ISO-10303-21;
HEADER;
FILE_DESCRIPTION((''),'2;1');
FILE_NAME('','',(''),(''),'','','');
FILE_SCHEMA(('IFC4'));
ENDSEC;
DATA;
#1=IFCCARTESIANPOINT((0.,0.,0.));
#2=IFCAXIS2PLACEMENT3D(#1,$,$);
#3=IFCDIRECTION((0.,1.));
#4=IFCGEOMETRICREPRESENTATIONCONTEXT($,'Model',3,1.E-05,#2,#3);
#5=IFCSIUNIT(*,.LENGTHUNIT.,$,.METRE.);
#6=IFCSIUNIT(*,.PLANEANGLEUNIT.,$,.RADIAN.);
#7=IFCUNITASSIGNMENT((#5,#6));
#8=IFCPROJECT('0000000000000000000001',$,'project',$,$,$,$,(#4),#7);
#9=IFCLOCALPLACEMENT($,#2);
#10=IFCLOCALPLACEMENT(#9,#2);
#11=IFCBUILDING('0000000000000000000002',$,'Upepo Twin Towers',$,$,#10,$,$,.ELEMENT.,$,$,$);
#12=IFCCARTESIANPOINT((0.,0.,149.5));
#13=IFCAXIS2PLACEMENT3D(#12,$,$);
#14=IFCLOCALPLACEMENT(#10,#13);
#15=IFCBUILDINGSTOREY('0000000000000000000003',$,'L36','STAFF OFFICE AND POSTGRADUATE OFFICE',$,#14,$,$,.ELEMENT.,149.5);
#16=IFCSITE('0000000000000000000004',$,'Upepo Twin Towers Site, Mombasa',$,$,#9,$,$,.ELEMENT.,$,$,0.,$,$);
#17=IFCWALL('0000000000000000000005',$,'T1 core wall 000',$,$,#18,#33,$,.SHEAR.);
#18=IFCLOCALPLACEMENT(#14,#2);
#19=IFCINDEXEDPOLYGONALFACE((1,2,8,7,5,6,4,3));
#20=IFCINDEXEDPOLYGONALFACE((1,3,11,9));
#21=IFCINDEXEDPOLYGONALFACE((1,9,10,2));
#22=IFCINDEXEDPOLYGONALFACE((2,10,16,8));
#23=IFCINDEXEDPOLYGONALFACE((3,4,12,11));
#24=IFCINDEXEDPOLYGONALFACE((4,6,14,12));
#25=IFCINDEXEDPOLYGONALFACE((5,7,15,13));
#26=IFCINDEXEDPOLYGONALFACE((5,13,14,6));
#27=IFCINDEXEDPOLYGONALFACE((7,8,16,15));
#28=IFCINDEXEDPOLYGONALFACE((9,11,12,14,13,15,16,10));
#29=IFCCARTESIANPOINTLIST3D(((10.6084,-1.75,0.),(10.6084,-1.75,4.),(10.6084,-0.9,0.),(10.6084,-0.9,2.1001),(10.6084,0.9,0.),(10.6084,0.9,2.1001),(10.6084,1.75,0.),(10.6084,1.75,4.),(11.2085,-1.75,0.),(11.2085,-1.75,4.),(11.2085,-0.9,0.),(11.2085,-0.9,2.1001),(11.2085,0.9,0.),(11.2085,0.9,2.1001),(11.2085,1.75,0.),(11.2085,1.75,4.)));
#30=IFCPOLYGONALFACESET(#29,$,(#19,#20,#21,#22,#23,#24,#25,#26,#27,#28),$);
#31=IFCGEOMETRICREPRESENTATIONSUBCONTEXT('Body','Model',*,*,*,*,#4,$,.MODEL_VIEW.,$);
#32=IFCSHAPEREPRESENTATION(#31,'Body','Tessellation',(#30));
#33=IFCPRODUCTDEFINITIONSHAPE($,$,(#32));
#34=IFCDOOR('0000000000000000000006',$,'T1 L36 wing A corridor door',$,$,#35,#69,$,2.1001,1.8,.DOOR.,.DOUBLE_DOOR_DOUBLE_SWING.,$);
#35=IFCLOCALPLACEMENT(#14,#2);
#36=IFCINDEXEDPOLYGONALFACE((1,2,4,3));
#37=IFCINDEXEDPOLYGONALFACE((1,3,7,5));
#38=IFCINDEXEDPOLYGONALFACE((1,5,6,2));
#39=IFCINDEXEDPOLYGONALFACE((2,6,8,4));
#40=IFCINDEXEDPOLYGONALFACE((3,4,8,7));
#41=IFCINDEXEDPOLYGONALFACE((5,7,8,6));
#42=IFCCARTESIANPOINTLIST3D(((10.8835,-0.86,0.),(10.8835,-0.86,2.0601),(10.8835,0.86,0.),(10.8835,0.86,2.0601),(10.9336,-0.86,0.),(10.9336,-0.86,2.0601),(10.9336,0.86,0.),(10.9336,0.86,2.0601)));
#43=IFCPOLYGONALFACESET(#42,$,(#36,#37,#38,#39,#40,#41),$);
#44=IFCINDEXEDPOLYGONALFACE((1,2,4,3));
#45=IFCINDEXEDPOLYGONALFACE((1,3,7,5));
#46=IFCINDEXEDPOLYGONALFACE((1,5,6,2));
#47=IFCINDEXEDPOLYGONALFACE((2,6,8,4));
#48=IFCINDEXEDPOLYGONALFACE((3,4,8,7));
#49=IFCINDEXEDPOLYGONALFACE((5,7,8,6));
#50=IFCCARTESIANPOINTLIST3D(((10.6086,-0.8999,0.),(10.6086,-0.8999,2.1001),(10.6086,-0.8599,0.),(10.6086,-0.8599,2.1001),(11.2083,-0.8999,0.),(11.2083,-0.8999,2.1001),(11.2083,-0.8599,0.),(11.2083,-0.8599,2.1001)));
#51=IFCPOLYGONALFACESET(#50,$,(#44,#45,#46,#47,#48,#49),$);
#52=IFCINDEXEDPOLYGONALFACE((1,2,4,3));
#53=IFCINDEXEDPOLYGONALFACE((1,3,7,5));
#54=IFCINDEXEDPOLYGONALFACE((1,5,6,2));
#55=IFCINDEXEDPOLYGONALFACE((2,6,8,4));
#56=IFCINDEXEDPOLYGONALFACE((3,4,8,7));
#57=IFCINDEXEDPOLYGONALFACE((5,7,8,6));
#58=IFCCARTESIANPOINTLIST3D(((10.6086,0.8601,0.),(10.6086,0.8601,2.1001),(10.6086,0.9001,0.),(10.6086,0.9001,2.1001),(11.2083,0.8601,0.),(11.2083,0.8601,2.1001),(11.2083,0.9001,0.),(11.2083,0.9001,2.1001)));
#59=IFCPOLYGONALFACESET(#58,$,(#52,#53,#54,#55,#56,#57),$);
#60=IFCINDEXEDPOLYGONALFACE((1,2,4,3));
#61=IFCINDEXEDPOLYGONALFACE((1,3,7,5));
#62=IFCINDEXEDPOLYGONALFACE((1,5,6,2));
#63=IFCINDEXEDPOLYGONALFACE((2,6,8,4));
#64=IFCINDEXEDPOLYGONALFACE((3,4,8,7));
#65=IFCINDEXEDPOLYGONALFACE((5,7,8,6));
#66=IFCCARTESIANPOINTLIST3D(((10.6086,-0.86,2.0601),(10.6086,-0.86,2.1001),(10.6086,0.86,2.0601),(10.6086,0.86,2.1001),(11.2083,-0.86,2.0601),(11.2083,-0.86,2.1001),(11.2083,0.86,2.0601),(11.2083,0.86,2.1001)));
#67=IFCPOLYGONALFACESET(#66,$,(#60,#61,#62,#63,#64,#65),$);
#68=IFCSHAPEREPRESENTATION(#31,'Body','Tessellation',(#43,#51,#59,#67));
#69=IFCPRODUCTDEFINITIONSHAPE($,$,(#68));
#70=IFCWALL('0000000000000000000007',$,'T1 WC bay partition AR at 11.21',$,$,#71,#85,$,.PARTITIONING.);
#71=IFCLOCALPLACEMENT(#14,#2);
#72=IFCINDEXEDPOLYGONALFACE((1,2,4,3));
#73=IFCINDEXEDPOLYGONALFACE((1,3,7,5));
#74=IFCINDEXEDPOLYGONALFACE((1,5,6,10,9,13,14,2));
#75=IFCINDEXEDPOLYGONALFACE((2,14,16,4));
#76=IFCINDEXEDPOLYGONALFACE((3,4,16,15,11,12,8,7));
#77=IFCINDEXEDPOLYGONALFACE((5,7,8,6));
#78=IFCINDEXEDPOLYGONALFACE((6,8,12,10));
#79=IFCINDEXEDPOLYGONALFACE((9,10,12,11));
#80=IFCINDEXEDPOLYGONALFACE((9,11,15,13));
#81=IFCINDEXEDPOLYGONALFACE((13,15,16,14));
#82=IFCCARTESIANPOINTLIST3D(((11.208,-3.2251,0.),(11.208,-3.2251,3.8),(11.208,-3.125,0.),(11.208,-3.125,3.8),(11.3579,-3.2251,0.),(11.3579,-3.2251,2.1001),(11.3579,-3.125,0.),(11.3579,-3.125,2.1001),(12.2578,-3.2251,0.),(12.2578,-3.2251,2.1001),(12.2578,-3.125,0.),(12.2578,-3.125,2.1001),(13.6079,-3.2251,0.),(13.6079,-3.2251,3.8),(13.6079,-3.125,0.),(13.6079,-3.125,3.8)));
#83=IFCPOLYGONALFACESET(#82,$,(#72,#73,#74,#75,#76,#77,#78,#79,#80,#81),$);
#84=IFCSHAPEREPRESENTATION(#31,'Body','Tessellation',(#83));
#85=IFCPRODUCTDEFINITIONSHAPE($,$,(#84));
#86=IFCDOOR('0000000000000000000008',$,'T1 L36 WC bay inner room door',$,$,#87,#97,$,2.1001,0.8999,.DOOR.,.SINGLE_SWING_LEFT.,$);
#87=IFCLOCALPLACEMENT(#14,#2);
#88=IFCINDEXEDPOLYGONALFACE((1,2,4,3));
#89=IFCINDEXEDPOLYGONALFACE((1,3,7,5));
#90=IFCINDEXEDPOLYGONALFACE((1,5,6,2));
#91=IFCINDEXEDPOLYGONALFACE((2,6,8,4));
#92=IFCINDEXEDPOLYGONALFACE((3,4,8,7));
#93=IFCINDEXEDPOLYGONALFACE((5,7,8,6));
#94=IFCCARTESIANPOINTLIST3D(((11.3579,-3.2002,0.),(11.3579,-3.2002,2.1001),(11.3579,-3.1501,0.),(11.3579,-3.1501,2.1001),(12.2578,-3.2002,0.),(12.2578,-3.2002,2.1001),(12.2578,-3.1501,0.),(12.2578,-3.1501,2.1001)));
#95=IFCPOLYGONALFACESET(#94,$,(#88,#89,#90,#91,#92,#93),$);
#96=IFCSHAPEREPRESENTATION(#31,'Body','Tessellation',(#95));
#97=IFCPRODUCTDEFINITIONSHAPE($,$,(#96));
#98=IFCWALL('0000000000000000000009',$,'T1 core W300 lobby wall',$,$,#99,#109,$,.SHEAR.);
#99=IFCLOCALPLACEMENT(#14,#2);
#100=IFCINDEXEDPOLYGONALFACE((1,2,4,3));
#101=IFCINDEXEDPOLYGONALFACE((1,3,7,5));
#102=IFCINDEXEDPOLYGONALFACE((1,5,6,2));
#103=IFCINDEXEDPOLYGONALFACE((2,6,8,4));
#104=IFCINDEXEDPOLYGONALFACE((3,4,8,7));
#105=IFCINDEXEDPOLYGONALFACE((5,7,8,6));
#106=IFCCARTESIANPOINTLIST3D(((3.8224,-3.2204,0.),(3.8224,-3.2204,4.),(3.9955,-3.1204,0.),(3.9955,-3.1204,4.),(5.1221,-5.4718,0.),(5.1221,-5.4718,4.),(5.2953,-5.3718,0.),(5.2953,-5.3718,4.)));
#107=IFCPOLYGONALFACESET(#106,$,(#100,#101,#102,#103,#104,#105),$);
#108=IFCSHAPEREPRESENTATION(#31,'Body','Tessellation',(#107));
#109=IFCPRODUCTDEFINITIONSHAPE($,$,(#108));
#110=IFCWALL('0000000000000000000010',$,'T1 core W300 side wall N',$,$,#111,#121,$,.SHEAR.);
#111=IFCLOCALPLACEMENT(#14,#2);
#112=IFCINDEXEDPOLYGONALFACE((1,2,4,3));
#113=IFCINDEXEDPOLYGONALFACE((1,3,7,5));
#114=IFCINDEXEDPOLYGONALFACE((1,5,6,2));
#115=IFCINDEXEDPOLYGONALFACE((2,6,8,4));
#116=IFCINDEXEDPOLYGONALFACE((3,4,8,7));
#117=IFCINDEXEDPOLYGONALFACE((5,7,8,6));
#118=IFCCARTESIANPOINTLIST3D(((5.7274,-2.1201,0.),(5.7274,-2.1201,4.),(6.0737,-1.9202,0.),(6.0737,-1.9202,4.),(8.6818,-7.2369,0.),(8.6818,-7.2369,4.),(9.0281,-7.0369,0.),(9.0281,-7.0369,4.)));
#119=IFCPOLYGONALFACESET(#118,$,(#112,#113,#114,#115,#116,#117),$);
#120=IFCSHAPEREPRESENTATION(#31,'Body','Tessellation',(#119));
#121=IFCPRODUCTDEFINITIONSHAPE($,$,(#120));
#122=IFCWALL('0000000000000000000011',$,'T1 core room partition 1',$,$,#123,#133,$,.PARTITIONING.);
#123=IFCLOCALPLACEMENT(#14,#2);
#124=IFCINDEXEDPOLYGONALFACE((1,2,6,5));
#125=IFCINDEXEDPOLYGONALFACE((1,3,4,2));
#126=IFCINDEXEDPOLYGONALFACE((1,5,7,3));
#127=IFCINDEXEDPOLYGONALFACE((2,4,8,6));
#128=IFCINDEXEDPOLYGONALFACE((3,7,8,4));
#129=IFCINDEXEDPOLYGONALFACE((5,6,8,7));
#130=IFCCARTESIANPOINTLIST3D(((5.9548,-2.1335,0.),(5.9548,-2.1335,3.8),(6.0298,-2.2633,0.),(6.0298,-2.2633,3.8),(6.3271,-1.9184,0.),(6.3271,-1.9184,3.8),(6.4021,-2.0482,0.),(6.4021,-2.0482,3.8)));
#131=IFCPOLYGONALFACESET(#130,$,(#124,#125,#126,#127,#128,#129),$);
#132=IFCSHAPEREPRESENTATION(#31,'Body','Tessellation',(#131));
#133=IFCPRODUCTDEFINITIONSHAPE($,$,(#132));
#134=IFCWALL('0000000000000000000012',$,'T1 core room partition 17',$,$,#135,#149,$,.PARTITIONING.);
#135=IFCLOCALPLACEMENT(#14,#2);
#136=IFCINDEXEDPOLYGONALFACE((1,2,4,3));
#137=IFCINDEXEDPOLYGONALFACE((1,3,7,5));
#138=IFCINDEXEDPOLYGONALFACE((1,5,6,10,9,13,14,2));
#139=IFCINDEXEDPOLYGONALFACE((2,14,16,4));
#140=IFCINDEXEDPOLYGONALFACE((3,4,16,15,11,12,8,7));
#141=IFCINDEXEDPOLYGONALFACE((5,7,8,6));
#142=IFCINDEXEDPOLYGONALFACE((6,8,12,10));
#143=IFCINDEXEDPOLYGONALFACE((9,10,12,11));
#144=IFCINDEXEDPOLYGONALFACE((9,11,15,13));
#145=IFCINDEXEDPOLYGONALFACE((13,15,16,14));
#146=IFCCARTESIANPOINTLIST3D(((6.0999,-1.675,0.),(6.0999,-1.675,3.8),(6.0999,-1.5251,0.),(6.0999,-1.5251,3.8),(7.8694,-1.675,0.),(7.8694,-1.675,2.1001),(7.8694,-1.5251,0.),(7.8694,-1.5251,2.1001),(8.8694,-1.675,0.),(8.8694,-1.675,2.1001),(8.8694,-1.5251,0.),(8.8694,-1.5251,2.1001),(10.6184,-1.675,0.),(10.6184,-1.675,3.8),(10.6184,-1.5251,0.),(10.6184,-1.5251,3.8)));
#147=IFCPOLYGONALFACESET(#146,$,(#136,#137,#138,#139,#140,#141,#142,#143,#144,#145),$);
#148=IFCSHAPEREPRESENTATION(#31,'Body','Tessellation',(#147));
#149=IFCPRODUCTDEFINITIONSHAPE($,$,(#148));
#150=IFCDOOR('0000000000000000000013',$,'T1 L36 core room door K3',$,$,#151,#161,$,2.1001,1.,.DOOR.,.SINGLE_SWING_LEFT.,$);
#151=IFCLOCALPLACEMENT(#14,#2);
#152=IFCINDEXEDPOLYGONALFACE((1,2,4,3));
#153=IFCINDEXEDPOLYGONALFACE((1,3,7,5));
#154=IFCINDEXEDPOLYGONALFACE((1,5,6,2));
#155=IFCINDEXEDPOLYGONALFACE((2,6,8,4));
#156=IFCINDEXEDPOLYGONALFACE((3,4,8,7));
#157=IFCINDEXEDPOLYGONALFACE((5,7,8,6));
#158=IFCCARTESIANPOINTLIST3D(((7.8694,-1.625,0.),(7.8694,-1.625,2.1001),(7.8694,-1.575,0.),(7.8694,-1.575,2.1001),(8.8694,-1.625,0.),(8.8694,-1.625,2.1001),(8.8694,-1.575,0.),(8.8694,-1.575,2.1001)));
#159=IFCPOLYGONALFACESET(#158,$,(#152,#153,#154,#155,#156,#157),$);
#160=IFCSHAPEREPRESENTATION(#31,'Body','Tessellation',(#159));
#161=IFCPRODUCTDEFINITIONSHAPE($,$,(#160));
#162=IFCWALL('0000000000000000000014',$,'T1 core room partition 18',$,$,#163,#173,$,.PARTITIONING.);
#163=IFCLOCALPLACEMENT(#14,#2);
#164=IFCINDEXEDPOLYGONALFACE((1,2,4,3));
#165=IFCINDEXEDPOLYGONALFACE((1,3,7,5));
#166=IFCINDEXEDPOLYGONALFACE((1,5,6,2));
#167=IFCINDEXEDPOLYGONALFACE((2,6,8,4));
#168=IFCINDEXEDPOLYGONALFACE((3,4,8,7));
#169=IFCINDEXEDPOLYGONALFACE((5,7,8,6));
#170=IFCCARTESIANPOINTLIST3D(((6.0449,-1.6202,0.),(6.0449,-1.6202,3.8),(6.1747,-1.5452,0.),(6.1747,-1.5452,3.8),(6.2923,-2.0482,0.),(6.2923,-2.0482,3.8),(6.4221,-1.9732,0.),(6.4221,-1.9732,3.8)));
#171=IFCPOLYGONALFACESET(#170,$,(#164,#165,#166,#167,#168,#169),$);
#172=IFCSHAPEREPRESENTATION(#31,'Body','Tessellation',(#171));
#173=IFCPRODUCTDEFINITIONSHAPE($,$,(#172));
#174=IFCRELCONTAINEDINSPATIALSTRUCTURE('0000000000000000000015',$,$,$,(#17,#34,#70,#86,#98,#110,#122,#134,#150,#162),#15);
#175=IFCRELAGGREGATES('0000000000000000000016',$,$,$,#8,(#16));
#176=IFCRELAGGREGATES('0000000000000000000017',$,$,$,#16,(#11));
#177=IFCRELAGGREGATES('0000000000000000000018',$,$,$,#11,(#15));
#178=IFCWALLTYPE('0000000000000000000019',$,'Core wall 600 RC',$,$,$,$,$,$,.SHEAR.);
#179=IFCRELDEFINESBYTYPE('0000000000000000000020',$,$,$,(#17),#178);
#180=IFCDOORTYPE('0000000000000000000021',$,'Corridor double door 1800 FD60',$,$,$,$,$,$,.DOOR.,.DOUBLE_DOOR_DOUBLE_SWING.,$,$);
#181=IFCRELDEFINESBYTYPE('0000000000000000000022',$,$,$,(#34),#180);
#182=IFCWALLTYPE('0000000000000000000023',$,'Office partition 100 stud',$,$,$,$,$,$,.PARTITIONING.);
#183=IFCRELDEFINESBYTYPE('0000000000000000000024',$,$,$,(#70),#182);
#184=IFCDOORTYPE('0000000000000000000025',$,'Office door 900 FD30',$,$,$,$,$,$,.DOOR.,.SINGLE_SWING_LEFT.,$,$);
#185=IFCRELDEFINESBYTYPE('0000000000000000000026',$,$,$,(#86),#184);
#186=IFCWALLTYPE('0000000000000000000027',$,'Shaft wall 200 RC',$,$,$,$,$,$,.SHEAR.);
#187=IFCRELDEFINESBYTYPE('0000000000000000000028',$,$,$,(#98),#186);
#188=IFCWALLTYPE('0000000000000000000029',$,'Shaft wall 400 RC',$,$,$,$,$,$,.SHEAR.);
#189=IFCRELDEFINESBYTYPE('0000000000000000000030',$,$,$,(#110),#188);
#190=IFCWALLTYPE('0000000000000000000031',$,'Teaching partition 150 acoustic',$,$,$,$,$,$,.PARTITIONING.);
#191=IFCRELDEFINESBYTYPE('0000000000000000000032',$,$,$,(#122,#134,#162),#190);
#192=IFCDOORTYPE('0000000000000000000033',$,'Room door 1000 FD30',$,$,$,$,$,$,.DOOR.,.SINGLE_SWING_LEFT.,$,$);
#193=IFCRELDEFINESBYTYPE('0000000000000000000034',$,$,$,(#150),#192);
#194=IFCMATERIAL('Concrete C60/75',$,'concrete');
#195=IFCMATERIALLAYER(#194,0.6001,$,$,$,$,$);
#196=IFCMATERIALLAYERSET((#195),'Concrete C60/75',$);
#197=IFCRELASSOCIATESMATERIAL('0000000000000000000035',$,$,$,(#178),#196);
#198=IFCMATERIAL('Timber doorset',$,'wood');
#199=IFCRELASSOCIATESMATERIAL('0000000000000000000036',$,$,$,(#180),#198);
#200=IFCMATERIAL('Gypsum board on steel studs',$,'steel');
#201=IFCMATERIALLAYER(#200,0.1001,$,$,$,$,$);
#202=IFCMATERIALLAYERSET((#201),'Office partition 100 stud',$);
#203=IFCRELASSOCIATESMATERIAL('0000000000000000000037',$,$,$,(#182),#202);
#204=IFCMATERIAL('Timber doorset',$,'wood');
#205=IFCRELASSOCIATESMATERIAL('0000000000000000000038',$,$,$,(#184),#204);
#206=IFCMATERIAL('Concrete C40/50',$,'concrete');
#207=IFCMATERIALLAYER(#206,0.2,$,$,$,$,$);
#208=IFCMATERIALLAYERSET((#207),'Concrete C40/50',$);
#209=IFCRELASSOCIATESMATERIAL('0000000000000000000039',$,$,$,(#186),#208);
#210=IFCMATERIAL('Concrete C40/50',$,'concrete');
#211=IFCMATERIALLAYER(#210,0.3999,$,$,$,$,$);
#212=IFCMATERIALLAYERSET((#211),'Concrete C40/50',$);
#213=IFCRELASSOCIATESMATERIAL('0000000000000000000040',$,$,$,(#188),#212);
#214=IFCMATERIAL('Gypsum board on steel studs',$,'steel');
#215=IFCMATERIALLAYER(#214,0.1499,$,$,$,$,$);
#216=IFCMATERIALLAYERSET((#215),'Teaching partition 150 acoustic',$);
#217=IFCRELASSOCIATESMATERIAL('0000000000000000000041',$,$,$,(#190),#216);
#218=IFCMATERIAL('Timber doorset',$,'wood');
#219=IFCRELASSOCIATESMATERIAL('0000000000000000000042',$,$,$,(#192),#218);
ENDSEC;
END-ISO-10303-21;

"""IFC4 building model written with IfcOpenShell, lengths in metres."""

from ifc_helpers import new_model, si_unit, direction, frame, frame_2d, origin, place, context, subcontext, project, spatial, rectangle, extrude, material, layer, layer_set, type_object, element, fill, save


model = new_model("IFC4")

# Units and contexts
model_context = context("Model", 3, precision=1e-05, world=origin(), true_north=direction((0.0, 1.0)))
body_context = subcontext(model_context, "Body", "Model", "MODEL_VIEW")
ifc_project = project(units=[si_unit("LENGTHUNIT", "METRE"), si_unit("PLANEANGLEUNIT", "RADIAN")], contexts=[model_context])

# Site, building, storey
site_placement = place(None, origin())
site = spatial("IfcSite", under=ifc_project, at=site_placement, Name="Upepo Twin Towers Site, Mombasa", CompositionType="ELEMENT", RefElevation=0.0)
building_placement = place(site_placement, origin())
building = spatial("IfcBuilding", under=site, at=building_placement, Name="Upepo Twin Towers", CompositionType="ELEMENT")
storey_placement = place(building_placement, frame((0.0, 0.0, 149.5)))
storey = spatial("IfcBuildingStorey", under=building, at=storey_placement, Name="L36", Description="STAFF OFFICE AND POSTGRADUATE OFFICE", CompositionType="ELEMENT", Elevation=149.5)

# Shared definitions
ifc_material_1 = material(Name="Concrete C60/75", Category="concrete")
ifc_layer_1 = layer(ifc_material_1, 0.6001)
ifc_layer_set_1 = layer_set([ifc_layer_1], Name="Concrete C60/75")
wall_type_1 = type_object("IfcWallType", Name="Core wall 600 RC", PredefinedType="SHEAR", material=ifc_layer_set_1)

# Walls, openings, doors
wall_1_placement = place(storey_placement, frame((10.9084, -1.75, 0.0), z_axis=(0.0, 0.0, 1.0), x_axis=(0.0, 1.0, 0.0)))
wall_1 = element("IfcWall", 1, at=wall_1_placement, inside=storey, type_object=wall_type_1, Name="T1 core wall 000", PredefinedType="SHEAR", context=body_context, shape_type="SweptSolid", body=[
    extrude(rectangle(XDim=3.5, YDim=0.6001, at=frame_2d((1.75, 0.0))), origin(), (0.0, 0.0, 1.0), 4.0),
])
opening_1_placement = place(wall_1_placement, frame((0.8501, 0.0, 0.0)))
opening_1 = element("IfcOpeningElement", 2, at=opening_1_placement, cuts=wall_1, PredefinedType="OPENING", context=body_context, shape_type="SweptSolid", body=[
    extrude(rectangle(XDim=1.8, YDim=2.1001, at=frame_2d((0.8999, 1.05))), frame((0.0, 0.3101, 0.0), z_axis=(0.0, -1.0, 0.0), x_axis=(1.0, 0.0, 0.0)), (0.0, 0.0, 1.0), 0.6201),
])
ifc_material_2 = material(Name="Timber doorset", Category="wood")
door_type_1 = type_object("IfcDoorType", Name="Corridor double door 1800 FD60", OperationType="DOUBLE_DOOR_DOUBLE_SWING", PredefinedType="DOOR", material=ifc_material_2)
door_1_placement = place(opening_1_placement, origin())
door_1 = element("IfcDoor", 3, at=door_1_placement, inside=storey, type_object=door_type_1, Name="T1 L36 wing A corridor door", OperationType="DOUBLE_DOOR_DOUBLE_SWING", OverallHeight=2.1001, OverallWidth=1.8, PredefinedType="DOOR", context=body_context, shape_type="SweptSolid", body=[
    extrude(rectangle(XDim=1.72, YDim=2.0601, at=frame_2d((0.8999, 1.03))), frame((0.0, 0.0249, 0.0), z_axis=(0.0, -1.0, 0.0), x_axis=(1.0, 0.0, 0.0)), (0.0, 0.0, 1.0), 0.05),
    extrude(rectangle(XDim=0.04, YDim=2.1001, at=frame_2d((0.02, 1.05))), frame((0.0, 0.2998, 0.0), z_axis=(0.0, -1.0, 0.0), x_axis=(1.0, 0.0, 0.0)), (0.0, 0.0, 1.0), 0.5996),
    extrude(rectangle(XDim=0.04, YDim=2.1001, at=frame_2d((1.78, 1.05))), frame((0.0, 0.2998, 0.0), z_axis=(0.0, -1.0, 0.0), x_axis=(1.0, 0.0, 0.0)), (0.0, 0.0, 1.0), 0.5996),
    extrude(rectangle(XDim=1.72, YDim=0.04, at=frame_2d((0.8999, 2.0801))), frame((0.0, 0.2998, 0.0), z_axis=(0.0, -1.0, 0.0), x_axis=(1.0, 0.0, 0.0)), (0.0, 0.0, 1.0), 0.5996),
])
fill(opening_1, door_1)
ifc_material_3 = material(Name="Gypsum board on steel studs", Category="steel")
ifc_layer_2 = layer(ifc_material_3, 0.1001)
ifc_layer_set_2 = layer_set([ifc_layer_2], Name="Office partition 100 stud")
wall_type_2 = type_object("IfcWallType", Name="Office partition 100 stud", PredefinedType="PARTITIONING", material=ifc_layer_set_2)
wall_2_placement = place(storey_placement, frame((11.208, -3.175, 0.0), z_axis=(0.0, 0.0, 1.0), x_axis=(1.0, 0.0, 0.0)))
wall_2 = element("IfcWall", 4, at=wall_2_placement, inside=storey, type_object=wall_type_2, Name="T1 WC bay partition AR at 11.21", PredefinedType="PARTITIONING", context=body_context, shape_type="SweptSolid", body=[
    extrude(rectangle(XDim=2.3999, YDim=0.1001, at=frame_2d((1.2, 0.0))), origin(), (0.0, 0.0, 1.0), 3.8),
])
opening_2_placement = place(wall_2_placement, frame((0.1499, 0.0, 0.0)))
opening_2 = element("IfcOpeningElement", 5, at=opening_2_placement, cuts=wall_2, PredefinedType="OPENING", context=body_context, shape_type="SweptSolid", body=[
    extrude(rectangle(XDim=0.8999, YDim=2.1001, at=frame_2d((0.45, 1.05))), frame((0.0, 0.0601, 0.0), z_axis=(0.0, -1.0, 0.0), x_axis=(1.0, 0.0, 0.0)), (0.0, 0.0, 1.0), 0.1201),
])
ifc_material_4 = material(Name="Timber doorset", Category="wood")
door_type_2 = type_object("IfcDoorType", Name="Office door 900 FD30", OperationType="SINGLE_SWING_LEFT", PredefinedType="DOOR", material=ifc_material_4)
door_2_placement = place(opening_2_placement, origin())
door_2 = element("IfcDoor", 6, at=door_2_placement, inside=storey, type_object=door_type_2, Name="T1 L36 WC bay inner room door", OperationType="SINGLE_SWING_LEFT", OverallHeight=2.1001, OverallWidth=0.8999, PredefinedType="DOOR", context=body_context, shape_type="SweptSolid", body=[
    extrude(rectangle(XDim=0.8999, YDim=2.1001, at=frame_2d((0.45, 1.05))), frame((0.0, 0.0249, 0.0), z_axis=(0.0, -1.0, 0.0), x_axis=(1.0, 0.0, 0.0)), (0.0, 0.0, 1.0), 0.05),
])
fill(opening_2, door_2)

# Walls
ifc_material_5 = material(Name="Concrete C40/50", Category="concrete")
ifc_layer_3 = layer(ifc_material_5, 0.2)
ifc_layer_set_3 = layer_set([ifc_layer_3], Name="Concrete C40/50")
wall_type_3 = type_object("IfcWallType", Name="Shaft wall 200 RC", PredefinedType="SHEAR", material=ifc_layer_set_3)
wall_3_placement = place(storey_placement, frame((3.9089, -3.1704, 0.0), z_axis=(0.0, 0.0, 1.0), x_axis=(0.499977, -0.866039, 0.0)))
element("IfcWall", 7, at=wall_3_placement, inside=storey, type_object=wall_type_3, Name="T1 core W300 lobby wall", PredefinedType="SHEAR", context=body_context, shape_type="SweptSolid", body=[
    extrude(rectangle(XDim=2.5996, YDim=0.2, at=frame_2d((1.2998, 0.0))), origin(), (0.0, 0.0, 1.0), 4.0),
])
ifc_material_6 = material(Name="Concrete C40/50", Category="concrete")
ifc_layer_4 = layer(ifc_material_6, 0.3999)
ifc_layer_set_4 = layer_set([ifc_layer_4], Name="Concrete C40/50")
wall_type_4 = type_object("IfcWallType", Name="Shaft wall 400 RC", PredefinedType="SHEAR", material=ifc_layer_set_4)
wall_4_placement = place(storey_placement, frame((5.9006, -2.0203, 0.0), z_axis=(0.0, 0.0, 1.0), x_axis=(0.500028, -0.866009, 0.0)))
element("IfcWall", 8, at=wall_4_placement, inside=storey, type_object=wall_type_4, Name="T1 core W300 side wall N", PredefinedType="SHEAR", context=body_context, shape_type="SweptSolid", body=[
    extrude(rectangle(XDim=5.9084, YDim=0.3999, at=frame_2d((2.9541, 0.0))), origin(), (0.0, 0.0, 1.0), 4.0),
])
ifc_material_7 = material(Name="Gypsum board on steel studs", Category="steel")
ifc_layer_5 = layer(ifc_material_7, 0.1499)
ifc_layer_set_5 = layer_set([ifc_layer_5], Name="Teaching partition 150 acoustic")
wall_type_5 = type_object("IfcWallType", Name="Teaching partition 150 acoustic", PredefinedType="PARTITIONING", material=ifc_layer_set_5)
wall_5_placement = place(storey_placement, frame((6.3645, -1.9834, 0.0), z_axis=(0.0, 0.0, 1.0), x_axis=(-0.865892, -0.50023, 0.0)))
element("IfcWall", 9, at=wall_5_placement, inside=storey, type_object=wall_type_5, Name="T1 core room partition 1", PredefinedType="PARTITIONING", context=body_context, shape_type="SweptSolid", body=[
    extrude(rectangle(XDim=0.4299, YDim=0.1499, at=frame_2d((0.2148, 0.0))), origin(), (0.0, 0.0, 1.0), 3.8),
])

# Wall, opening, door
wall_6_placement = place(storey_placement, frame((10.6184, -1.6001, 0.0), z_axis=(0.0, 0.0, 1.0), x_axis=(-1.0, 0.0, 0.0)))
wall_6 = element("IfcWall", 10, at=wall_6_placement, inside=storey, type_object=wall_type_5, Name="T1 core room partition 17", PredefinedType="PARTITIONING", context=body_context, shape_type="SweptSolid", body=[
    extrude(rectangle(XDim=4.5186, YDim=0.1499, at=frame_2d((2.2593, 0.0))), origin(), (0.0, 0.0, 1.0), 3.8),
])
opening_3_placement = place(wall_6_placement, frame((1.749, 0.0, 0.0)))
opening_3 = element("IfcOpeningElement", 11, at=opening_3_placement, cuts=wall_6, PredefinedType="OPENING", context=body_context, shape_type="SweptSolid", body=[
    extrude(rectangle(XDim=1.0, YDim=2.1001, at=frame_2d((0.5, 1.05))), frame((0.0, 0.085, 0.0), z_axis=(0.0, -1.0, 0.0), x_axis=(1.0, 0.0, 0.0)), (0.0, 0.0, 1.0), 0.1699),
])
ifc_material_8 = material(Name="Timber doorset", Category="wood")
door_type_3 = type_object("IfcDoorType", Name="Room door 1000 FD30", OperationType="SINGLE_SWING_LEFT", PredefinedType="DOOR", material=ifc_material_8)
door_3_placement = place(opening_3_placement, origin())
door_3 = element("IfcDoor", 12, at=door_3_placement, inside=storey, type_object=door_type_3, Name="T1 L36 core room door K3", OperationType="SINGLE_SWING_LEFT", OverallHeight=2.1001, OverallWidth=1.0, PredefinedType="DOOR", context=body_context, shape_type="SweptSolid", body=[
    extrude(rectangle(XDim=1.0, YDim=2.1001, at=frame_2d((0.5, 1.05))), frame((0.0, 0.0249, 0.0), z_axis=(0.0, -1.0, 0.0), x_axis=(1.0, 0.0, 0.0)), (0.0, 0.0, 1.0), 0.05),
])
fill(opening_3, door_3)

# Wall
wall_7_placement = place(storey_placement, frame((6.1099, -1.5828, 0.0), z_axis=(0.0, 0.0, 1.0), x_axis=(0.500335, -0.865832, 0.0)))
element("IfcWall", 13, at=wall_7_placement, inside=storey, type_object=wall_type_5, Name="T1 core room partition 18", PredefinedType="PARTITIONING", context=body_context, shape_type="SweptSolid", body=[
    extrude(rectangle(XDim=0.4944, YDim=0.1499, at=frame_2d((0.2471, 0.0))), origin(), (0.0, 0.0, 1.0), 3.8),
])

save(model, "model.ifc")
